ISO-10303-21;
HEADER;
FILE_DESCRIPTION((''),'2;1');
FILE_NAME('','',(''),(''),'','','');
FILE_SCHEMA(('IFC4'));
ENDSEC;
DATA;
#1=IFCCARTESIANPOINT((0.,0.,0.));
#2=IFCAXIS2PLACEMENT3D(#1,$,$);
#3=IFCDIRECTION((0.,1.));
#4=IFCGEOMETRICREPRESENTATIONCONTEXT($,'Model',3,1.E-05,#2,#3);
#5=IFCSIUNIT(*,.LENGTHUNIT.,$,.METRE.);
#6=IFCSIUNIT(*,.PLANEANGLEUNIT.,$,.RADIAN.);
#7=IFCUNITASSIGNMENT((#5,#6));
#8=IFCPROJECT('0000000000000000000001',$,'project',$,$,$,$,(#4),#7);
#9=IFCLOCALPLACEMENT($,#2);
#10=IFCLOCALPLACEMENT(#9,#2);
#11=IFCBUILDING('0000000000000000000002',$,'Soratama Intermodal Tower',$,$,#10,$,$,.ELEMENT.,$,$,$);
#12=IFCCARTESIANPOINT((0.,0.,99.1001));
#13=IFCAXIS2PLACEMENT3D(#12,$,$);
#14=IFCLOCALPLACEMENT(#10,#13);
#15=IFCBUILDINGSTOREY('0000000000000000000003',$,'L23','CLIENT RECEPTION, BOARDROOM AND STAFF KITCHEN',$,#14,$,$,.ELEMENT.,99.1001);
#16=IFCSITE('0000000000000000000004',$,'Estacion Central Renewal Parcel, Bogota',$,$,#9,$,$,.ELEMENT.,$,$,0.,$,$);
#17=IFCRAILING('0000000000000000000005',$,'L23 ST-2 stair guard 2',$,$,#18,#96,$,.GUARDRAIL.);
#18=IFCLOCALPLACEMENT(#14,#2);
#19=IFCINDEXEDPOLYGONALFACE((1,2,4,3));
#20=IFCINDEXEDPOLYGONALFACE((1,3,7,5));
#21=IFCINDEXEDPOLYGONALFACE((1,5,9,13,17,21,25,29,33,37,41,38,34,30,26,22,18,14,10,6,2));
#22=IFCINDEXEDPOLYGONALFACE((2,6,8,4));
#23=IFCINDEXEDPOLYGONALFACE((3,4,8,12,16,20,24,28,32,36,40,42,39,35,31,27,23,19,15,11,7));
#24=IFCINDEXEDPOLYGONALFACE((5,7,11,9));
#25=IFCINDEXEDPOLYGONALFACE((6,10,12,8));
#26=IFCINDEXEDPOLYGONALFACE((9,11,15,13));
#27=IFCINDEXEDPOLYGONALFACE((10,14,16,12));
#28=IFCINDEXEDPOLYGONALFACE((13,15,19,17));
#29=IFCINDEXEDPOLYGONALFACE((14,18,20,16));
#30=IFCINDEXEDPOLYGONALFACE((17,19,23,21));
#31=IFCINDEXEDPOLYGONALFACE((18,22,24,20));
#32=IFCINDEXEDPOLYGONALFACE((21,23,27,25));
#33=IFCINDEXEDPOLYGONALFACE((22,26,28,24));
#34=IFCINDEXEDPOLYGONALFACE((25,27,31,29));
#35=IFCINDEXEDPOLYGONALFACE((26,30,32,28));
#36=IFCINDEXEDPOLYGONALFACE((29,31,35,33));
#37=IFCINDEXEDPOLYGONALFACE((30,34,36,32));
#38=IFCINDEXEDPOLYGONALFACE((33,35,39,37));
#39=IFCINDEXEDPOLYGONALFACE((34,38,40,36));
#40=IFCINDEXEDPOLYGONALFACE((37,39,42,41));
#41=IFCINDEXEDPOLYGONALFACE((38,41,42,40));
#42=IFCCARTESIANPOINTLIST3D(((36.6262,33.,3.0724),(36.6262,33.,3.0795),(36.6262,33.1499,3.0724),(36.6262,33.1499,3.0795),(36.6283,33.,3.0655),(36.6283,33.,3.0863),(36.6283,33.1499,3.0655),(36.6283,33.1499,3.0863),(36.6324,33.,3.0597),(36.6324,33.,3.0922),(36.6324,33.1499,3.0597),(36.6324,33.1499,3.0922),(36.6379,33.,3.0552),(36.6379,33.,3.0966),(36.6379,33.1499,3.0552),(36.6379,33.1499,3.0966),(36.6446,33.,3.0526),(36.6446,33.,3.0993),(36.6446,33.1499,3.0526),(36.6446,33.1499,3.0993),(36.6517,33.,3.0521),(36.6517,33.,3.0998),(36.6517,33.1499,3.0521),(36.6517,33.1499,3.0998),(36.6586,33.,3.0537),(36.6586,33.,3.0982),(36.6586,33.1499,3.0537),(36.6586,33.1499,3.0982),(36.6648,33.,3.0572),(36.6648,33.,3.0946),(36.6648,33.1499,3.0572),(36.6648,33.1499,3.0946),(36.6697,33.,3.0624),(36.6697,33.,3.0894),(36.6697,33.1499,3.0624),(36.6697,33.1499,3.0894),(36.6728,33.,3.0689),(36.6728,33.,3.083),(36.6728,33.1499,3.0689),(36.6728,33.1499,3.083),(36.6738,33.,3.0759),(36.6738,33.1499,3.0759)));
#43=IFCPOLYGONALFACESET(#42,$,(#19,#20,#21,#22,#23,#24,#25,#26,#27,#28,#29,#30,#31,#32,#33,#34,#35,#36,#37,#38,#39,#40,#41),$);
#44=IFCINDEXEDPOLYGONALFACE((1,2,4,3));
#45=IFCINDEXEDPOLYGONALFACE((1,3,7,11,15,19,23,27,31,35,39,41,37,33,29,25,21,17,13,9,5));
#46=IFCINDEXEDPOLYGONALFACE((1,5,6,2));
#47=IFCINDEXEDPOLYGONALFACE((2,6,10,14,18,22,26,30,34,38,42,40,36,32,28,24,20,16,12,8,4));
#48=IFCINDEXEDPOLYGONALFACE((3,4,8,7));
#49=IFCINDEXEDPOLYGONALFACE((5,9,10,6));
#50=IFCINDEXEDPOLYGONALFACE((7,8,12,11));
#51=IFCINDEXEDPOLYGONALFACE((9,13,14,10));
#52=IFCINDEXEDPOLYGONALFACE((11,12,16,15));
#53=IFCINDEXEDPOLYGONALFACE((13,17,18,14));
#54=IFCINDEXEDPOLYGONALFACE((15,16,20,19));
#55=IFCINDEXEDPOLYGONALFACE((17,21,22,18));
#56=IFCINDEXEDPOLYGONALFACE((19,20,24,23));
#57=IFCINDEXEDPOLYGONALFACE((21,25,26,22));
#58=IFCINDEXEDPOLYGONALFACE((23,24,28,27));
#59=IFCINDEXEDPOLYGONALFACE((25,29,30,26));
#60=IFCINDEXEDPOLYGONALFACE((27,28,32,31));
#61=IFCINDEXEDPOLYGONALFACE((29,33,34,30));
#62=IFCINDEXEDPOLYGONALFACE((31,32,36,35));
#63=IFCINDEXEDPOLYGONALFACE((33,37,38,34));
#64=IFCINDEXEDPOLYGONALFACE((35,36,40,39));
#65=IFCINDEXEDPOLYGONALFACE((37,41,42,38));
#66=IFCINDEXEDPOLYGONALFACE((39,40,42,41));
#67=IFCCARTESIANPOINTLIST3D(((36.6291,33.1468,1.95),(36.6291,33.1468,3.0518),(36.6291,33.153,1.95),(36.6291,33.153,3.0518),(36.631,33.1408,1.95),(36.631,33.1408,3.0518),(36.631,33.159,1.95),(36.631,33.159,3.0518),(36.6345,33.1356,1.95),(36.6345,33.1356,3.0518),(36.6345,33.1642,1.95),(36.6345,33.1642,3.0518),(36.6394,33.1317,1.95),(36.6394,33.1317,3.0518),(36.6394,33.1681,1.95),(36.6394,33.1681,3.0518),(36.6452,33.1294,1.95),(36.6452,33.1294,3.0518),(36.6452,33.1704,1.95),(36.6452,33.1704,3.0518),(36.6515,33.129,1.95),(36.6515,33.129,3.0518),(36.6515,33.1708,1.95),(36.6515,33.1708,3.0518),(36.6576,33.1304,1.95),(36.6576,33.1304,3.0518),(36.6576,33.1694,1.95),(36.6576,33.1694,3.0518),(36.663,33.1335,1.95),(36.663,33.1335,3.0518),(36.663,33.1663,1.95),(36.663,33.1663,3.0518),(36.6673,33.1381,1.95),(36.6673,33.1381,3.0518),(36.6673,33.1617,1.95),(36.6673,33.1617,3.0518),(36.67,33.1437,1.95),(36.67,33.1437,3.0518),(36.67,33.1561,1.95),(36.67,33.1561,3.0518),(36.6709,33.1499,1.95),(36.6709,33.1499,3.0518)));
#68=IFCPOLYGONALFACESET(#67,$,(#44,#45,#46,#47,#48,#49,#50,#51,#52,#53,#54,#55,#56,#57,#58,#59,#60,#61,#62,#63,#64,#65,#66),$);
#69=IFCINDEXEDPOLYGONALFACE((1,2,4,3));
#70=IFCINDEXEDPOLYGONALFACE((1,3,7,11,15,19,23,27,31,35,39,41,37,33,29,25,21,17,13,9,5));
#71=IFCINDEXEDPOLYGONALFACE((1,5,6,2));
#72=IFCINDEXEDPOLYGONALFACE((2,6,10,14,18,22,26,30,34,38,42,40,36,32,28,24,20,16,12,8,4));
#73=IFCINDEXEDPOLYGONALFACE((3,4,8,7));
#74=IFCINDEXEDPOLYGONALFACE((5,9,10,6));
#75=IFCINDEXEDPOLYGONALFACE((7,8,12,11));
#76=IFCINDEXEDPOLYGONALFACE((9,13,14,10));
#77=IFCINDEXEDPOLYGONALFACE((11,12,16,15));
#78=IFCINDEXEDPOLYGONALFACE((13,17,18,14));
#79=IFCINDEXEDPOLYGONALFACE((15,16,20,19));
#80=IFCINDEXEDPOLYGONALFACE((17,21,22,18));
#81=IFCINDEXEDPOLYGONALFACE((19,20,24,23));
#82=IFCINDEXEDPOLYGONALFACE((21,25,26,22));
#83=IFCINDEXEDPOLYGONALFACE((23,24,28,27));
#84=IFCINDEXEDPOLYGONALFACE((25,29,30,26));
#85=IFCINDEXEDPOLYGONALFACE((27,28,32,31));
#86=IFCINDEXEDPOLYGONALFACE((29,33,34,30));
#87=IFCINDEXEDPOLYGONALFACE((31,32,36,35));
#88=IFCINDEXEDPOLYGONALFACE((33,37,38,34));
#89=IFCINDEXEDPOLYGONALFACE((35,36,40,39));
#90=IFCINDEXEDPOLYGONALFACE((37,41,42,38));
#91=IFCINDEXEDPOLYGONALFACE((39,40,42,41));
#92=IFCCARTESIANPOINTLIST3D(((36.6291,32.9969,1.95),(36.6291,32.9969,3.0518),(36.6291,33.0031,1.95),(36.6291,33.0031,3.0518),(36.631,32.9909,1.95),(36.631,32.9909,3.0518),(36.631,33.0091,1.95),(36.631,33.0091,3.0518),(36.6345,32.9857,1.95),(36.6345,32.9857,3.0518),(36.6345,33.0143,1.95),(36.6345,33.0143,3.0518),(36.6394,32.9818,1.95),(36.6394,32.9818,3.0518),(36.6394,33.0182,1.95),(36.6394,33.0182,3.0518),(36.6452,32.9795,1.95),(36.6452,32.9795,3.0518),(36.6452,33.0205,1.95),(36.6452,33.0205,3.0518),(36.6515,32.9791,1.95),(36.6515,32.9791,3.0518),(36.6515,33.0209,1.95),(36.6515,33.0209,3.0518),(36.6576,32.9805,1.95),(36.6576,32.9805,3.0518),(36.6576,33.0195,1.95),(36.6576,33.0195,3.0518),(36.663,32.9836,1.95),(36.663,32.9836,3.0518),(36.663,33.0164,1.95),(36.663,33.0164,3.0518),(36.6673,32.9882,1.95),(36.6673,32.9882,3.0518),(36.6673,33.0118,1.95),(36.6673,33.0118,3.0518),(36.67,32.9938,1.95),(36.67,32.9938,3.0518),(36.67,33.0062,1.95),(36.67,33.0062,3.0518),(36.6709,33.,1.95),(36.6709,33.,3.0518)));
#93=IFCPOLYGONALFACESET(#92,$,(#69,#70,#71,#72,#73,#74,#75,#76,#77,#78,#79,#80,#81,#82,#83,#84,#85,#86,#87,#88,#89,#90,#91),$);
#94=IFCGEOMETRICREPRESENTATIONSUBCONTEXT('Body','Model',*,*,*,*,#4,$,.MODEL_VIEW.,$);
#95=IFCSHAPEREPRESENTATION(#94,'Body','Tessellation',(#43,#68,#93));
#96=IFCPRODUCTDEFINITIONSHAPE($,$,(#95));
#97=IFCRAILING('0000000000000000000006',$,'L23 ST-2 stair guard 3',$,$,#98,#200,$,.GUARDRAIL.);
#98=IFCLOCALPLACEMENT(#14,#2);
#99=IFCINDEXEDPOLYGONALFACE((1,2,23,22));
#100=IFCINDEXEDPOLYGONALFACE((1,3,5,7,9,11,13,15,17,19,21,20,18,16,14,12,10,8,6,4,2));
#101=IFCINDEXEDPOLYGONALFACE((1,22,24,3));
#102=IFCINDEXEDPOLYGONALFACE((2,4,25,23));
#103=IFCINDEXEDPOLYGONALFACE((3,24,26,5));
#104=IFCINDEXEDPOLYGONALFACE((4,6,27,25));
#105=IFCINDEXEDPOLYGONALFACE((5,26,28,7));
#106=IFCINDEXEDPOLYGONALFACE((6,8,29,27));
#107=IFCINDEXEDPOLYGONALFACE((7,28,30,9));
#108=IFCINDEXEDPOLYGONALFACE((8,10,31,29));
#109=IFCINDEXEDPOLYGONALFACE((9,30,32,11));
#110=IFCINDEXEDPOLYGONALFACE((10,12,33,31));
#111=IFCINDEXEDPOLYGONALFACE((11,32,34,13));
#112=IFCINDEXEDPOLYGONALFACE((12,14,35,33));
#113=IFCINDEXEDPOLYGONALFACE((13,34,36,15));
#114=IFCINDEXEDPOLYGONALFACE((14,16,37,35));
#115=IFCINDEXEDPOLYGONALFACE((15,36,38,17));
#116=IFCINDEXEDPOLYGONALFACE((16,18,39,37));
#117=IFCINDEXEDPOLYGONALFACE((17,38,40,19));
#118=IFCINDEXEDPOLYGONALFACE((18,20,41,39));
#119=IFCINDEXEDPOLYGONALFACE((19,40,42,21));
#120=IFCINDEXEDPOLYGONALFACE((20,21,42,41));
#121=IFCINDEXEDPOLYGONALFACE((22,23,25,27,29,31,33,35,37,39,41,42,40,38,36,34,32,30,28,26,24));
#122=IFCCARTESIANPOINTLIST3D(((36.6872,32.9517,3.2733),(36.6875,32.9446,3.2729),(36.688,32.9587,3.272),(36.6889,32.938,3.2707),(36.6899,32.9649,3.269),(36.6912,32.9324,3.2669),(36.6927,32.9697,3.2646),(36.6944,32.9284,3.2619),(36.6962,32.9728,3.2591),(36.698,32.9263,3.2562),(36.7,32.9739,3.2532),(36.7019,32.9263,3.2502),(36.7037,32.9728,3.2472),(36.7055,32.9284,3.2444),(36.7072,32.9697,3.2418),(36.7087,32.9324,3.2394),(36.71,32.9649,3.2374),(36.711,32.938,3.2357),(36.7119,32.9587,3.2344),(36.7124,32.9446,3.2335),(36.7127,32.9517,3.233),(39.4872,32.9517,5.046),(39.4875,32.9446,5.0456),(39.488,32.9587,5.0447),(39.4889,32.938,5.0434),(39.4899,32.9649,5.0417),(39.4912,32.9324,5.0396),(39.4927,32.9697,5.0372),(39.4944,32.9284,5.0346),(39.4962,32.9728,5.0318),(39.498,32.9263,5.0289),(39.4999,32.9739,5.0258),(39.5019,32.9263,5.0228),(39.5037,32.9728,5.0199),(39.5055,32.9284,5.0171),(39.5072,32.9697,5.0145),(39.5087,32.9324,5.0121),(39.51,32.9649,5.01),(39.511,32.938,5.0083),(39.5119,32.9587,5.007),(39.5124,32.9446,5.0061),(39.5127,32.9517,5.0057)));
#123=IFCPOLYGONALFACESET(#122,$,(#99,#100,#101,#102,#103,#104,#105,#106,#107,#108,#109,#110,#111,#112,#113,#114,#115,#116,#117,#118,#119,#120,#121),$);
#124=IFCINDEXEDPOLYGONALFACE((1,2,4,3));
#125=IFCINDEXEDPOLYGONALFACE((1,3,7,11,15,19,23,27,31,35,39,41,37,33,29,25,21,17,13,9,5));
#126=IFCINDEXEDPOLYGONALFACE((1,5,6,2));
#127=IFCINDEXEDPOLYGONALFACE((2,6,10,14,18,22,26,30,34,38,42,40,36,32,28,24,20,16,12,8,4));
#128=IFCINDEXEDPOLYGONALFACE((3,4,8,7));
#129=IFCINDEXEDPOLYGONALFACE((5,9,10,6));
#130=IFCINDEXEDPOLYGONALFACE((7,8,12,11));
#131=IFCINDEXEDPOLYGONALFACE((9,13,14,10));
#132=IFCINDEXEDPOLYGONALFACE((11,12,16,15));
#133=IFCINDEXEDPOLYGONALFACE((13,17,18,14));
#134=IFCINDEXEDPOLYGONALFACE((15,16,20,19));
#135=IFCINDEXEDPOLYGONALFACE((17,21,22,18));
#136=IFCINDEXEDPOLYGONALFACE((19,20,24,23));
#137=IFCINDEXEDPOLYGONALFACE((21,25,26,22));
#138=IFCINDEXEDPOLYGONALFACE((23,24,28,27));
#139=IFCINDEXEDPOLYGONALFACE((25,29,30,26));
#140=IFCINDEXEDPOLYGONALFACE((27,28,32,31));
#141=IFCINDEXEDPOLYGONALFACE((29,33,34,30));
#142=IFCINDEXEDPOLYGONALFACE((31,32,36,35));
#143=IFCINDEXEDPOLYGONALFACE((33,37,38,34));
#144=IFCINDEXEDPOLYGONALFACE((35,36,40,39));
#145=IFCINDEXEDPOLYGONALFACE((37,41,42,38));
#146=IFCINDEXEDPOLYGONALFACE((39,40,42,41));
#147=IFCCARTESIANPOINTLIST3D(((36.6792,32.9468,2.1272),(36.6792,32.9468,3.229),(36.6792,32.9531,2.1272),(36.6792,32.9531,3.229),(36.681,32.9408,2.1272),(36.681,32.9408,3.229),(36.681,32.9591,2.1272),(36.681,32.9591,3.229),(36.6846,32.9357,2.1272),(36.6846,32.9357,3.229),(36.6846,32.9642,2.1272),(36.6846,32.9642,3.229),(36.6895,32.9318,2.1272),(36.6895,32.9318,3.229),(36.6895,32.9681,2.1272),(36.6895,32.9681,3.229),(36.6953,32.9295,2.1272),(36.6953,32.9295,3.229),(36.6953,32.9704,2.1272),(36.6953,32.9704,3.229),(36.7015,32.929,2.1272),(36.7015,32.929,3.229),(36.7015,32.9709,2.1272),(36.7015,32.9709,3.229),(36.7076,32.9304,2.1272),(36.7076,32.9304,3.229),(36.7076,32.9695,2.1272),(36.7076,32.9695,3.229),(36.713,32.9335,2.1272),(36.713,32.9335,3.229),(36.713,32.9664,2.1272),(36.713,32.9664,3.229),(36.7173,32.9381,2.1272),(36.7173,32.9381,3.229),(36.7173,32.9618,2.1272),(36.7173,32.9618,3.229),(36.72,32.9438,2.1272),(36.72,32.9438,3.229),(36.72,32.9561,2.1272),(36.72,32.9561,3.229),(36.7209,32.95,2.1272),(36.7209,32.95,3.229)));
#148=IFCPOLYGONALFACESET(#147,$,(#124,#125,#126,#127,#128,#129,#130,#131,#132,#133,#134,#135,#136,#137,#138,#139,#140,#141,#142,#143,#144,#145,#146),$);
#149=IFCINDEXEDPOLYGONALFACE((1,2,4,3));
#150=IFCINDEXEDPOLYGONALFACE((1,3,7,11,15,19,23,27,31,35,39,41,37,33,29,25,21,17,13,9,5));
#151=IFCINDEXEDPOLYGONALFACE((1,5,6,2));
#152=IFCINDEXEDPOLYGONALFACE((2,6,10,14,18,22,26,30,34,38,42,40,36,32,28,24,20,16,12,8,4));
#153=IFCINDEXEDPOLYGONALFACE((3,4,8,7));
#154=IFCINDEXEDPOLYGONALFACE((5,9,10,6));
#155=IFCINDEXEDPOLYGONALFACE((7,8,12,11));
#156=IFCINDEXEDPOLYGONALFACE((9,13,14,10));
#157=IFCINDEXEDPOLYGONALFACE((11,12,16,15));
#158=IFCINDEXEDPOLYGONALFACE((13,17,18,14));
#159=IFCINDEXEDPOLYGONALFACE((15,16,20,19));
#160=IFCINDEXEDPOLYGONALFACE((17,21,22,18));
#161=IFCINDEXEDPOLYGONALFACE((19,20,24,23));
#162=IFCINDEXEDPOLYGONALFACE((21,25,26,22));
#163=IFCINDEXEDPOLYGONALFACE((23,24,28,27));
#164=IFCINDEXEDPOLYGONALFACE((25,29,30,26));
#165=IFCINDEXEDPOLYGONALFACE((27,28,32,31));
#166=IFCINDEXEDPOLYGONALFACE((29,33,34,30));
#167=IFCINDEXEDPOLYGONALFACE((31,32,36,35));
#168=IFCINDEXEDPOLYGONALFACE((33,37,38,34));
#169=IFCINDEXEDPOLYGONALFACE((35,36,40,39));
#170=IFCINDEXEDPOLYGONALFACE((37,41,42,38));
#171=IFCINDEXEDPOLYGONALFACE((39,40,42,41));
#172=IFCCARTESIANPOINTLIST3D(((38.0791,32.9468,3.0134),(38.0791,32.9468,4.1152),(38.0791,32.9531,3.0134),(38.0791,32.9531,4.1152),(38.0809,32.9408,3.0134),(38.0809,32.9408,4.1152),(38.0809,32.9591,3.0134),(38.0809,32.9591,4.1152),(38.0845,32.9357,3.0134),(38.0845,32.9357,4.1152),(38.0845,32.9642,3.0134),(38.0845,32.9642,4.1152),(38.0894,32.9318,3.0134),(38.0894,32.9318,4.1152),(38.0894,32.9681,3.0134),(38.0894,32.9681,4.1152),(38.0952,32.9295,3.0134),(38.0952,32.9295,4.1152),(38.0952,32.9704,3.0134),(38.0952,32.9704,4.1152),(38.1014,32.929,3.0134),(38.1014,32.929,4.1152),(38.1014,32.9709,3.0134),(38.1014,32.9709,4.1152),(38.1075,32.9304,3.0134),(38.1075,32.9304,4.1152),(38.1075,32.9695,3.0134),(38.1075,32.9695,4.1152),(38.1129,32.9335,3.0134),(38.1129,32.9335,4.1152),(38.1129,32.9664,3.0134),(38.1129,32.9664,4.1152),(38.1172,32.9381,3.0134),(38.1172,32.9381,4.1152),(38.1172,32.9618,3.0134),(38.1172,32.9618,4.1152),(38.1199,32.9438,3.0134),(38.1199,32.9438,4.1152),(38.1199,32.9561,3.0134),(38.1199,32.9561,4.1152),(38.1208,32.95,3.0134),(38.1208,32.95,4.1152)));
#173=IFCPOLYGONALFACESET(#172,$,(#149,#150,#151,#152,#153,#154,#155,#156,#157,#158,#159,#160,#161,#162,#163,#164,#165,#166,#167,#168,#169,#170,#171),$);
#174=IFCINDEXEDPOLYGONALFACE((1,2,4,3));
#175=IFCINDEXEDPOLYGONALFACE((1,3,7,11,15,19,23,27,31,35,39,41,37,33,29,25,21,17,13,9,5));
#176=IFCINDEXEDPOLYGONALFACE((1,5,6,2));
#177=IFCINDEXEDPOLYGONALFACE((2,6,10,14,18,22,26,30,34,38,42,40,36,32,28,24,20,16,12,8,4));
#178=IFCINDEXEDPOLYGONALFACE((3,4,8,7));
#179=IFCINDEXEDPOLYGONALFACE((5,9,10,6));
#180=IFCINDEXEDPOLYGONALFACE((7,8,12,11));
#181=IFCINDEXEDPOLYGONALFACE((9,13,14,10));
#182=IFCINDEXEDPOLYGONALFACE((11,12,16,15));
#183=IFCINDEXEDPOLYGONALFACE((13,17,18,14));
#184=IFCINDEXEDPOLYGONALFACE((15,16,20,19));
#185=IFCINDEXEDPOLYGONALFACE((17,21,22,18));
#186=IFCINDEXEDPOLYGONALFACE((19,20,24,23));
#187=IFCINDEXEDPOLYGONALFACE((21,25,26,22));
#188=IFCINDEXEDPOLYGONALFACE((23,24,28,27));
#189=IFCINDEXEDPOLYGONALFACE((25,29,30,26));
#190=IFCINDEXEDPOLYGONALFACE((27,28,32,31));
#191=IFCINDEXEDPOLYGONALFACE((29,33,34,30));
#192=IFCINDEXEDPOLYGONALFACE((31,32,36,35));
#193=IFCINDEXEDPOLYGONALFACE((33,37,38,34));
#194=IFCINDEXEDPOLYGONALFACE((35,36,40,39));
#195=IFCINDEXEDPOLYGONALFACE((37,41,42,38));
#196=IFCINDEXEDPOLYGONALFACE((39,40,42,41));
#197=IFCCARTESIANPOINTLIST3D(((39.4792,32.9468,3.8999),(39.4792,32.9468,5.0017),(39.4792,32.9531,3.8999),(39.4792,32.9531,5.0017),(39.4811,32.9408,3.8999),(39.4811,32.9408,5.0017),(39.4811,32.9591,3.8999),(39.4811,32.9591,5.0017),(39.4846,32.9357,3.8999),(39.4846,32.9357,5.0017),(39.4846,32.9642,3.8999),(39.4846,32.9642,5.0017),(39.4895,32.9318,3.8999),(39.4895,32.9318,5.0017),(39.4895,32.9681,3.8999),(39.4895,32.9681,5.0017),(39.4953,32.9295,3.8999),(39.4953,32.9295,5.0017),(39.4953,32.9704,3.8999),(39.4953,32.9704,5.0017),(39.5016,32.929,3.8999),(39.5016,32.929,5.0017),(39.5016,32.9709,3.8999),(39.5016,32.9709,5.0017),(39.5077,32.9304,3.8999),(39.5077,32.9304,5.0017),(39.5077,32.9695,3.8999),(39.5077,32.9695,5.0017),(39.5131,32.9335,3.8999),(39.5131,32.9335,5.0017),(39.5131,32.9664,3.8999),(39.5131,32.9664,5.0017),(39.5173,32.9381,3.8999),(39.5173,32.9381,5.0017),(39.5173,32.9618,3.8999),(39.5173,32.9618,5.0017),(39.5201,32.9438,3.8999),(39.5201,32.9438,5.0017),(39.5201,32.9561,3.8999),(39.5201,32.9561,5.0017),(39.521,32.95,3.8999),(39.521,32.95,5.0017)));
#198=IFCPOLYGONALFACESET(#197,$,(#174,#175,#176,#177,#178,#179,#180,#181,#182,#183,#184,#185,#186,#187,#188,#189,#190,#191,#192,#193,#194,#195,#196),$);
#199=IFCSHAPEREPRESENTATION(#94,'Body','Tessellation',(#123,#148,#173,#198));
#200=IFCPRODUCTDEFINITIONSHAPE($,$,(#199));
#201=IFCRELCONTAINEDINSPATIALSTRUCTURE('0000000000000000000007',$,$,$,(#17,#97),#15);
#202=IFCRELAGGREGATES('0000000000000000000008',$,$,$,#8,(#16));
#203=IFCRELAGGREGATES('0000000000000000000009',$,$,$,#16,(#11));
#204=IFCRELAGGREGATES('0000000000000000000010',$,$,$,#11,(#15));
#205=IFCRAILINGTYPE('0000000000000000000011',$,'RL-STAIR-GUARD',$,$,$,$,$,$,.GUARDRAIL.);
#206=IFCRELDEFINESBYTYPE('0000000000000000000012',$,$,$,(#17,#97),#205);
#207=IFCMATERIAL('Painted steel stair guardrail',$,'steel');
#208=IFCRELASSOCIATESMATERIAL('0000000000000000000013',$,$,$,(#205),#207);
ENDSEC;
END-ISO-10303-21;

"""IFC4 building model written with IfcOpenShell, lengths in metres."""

from ifc_helpers import new_model, si_unit, direction, frame, origin, origin_2d, place, context, subcontext, project, spatial, circle, extrude, material, type_object, element, save


model = new_model("IFC4")

# Units and contexts
model_context = context("Model", 3, precision=1e-05, world=origin(), true_north=direction((0.0, 1.0)))
body_context = subcontext(model_context, "Body", "Model", "MODEL_VIEW")
ifc_project = project(units=[si_unit("LENGTHUNIT", "METRE"), si_unit("PLANEANGLEUNIT", "RADIAN")], contexts=[model_context])

# Site, building, storey
site_placement = place(None, origin())
site = spatial("IfcSite", under=ifc_project, at=site_placement, Name="Estacion Central Renewal Parcel, Bogota", CompositionType="ELEMENT", RefElevation=0.0)
building_placement = place(site_placement, origin())
building = spatial("IfcBuilding", under=site, at=building_placement, Name="Soratama Intermodal Tower", CompositionType="ELEMENT")
storey_placement = place(building_placement, frame((0.0, 0.0, 99.1001)))
storey = spatial("IfcBuildingStorey", under=building, at=storey_placement, Name="L23", Description="CLIENT RECEPTION, BOARDROOM AND STAFF KITCHEN", CompositionType="ELEMENT", Elevation=99.1001)

# Railings
ifc_material_1 = material(Name="Painted steel stair guardrail", Category="steel")
railing_type_1 = type_object("IfcRailingType", Name="RL-STAIR-GUARD", PredefinedType="GUARDRAIL", material=ifc_material_1)
railing_1_placement = place(storey_placement, frame((36.6499, 33.1499, 1.95)))
element("IfcRailing", 1, at=railing_1_placement, inside=storey, type_object=railing_type_1, Name="L23 ST-2 stair guard 2", PredefinedType="GUARDRAIL", context=body_context, shape_type="SweptSolid", body=[
    extrude(circle(Radius=0.0239, at=origin_2d()), frame((0.0, 0.0, 1.126), z_axis=(0.0, -1.0, 0.0), x_axis=(1.0, 0.0, 0.0)), (0.0, 0.0, 1.0), 0.1499),
    extrude(circle(Radius=0.021, at=origin_2d()), origin(), (0.0, 0.0, 1.0), 1.1018),
    extrude(circle(Radius=0.021, at=origin_2d()), frame((0.0, -0.1499, 0.0)), (0.0, 0.0, 1.0), 1.1018),
])
railing_2_placement = place(storey_placement, frame((36.7, 32.95, 2.1272)))
element("IfcRailing", 2, at=railing_2_placement, inside=storey, type_object=railing_type_1, Name="L23 ST-2 stair guard 3", PredefinedType="GUARDRAIL", context=body_context, shape_type="SweptSolid", body=[
    extrude(circle(Radius=0.0239, at=origin_2d()), frame((0.0, 0.0, 1.126), z_axis=(0.844909, 0.0, 0.53491), x_axis=(0.0, 1.0, 0.0)), (0.0, 0.0, 1.0), 3.314),
    extrude(circle(Radius=0.021, at=origin_2d()), origin(), (0.0, 0.0, 1.0), 1.1018),
    extrude(circle(Radius=0.021, at=origin_2d()), frame((1.3999, 0.0, 0.8862)), (0.0, 0.0, 1.0), 1.1018),
    extrude(circle(Radius=0.021, at=origin_2d()), frame((2.8, 0.0, 1.7727)), (0.0, 0.0, 1.0), 1.1018),
])

save(model, "model.ifc")
